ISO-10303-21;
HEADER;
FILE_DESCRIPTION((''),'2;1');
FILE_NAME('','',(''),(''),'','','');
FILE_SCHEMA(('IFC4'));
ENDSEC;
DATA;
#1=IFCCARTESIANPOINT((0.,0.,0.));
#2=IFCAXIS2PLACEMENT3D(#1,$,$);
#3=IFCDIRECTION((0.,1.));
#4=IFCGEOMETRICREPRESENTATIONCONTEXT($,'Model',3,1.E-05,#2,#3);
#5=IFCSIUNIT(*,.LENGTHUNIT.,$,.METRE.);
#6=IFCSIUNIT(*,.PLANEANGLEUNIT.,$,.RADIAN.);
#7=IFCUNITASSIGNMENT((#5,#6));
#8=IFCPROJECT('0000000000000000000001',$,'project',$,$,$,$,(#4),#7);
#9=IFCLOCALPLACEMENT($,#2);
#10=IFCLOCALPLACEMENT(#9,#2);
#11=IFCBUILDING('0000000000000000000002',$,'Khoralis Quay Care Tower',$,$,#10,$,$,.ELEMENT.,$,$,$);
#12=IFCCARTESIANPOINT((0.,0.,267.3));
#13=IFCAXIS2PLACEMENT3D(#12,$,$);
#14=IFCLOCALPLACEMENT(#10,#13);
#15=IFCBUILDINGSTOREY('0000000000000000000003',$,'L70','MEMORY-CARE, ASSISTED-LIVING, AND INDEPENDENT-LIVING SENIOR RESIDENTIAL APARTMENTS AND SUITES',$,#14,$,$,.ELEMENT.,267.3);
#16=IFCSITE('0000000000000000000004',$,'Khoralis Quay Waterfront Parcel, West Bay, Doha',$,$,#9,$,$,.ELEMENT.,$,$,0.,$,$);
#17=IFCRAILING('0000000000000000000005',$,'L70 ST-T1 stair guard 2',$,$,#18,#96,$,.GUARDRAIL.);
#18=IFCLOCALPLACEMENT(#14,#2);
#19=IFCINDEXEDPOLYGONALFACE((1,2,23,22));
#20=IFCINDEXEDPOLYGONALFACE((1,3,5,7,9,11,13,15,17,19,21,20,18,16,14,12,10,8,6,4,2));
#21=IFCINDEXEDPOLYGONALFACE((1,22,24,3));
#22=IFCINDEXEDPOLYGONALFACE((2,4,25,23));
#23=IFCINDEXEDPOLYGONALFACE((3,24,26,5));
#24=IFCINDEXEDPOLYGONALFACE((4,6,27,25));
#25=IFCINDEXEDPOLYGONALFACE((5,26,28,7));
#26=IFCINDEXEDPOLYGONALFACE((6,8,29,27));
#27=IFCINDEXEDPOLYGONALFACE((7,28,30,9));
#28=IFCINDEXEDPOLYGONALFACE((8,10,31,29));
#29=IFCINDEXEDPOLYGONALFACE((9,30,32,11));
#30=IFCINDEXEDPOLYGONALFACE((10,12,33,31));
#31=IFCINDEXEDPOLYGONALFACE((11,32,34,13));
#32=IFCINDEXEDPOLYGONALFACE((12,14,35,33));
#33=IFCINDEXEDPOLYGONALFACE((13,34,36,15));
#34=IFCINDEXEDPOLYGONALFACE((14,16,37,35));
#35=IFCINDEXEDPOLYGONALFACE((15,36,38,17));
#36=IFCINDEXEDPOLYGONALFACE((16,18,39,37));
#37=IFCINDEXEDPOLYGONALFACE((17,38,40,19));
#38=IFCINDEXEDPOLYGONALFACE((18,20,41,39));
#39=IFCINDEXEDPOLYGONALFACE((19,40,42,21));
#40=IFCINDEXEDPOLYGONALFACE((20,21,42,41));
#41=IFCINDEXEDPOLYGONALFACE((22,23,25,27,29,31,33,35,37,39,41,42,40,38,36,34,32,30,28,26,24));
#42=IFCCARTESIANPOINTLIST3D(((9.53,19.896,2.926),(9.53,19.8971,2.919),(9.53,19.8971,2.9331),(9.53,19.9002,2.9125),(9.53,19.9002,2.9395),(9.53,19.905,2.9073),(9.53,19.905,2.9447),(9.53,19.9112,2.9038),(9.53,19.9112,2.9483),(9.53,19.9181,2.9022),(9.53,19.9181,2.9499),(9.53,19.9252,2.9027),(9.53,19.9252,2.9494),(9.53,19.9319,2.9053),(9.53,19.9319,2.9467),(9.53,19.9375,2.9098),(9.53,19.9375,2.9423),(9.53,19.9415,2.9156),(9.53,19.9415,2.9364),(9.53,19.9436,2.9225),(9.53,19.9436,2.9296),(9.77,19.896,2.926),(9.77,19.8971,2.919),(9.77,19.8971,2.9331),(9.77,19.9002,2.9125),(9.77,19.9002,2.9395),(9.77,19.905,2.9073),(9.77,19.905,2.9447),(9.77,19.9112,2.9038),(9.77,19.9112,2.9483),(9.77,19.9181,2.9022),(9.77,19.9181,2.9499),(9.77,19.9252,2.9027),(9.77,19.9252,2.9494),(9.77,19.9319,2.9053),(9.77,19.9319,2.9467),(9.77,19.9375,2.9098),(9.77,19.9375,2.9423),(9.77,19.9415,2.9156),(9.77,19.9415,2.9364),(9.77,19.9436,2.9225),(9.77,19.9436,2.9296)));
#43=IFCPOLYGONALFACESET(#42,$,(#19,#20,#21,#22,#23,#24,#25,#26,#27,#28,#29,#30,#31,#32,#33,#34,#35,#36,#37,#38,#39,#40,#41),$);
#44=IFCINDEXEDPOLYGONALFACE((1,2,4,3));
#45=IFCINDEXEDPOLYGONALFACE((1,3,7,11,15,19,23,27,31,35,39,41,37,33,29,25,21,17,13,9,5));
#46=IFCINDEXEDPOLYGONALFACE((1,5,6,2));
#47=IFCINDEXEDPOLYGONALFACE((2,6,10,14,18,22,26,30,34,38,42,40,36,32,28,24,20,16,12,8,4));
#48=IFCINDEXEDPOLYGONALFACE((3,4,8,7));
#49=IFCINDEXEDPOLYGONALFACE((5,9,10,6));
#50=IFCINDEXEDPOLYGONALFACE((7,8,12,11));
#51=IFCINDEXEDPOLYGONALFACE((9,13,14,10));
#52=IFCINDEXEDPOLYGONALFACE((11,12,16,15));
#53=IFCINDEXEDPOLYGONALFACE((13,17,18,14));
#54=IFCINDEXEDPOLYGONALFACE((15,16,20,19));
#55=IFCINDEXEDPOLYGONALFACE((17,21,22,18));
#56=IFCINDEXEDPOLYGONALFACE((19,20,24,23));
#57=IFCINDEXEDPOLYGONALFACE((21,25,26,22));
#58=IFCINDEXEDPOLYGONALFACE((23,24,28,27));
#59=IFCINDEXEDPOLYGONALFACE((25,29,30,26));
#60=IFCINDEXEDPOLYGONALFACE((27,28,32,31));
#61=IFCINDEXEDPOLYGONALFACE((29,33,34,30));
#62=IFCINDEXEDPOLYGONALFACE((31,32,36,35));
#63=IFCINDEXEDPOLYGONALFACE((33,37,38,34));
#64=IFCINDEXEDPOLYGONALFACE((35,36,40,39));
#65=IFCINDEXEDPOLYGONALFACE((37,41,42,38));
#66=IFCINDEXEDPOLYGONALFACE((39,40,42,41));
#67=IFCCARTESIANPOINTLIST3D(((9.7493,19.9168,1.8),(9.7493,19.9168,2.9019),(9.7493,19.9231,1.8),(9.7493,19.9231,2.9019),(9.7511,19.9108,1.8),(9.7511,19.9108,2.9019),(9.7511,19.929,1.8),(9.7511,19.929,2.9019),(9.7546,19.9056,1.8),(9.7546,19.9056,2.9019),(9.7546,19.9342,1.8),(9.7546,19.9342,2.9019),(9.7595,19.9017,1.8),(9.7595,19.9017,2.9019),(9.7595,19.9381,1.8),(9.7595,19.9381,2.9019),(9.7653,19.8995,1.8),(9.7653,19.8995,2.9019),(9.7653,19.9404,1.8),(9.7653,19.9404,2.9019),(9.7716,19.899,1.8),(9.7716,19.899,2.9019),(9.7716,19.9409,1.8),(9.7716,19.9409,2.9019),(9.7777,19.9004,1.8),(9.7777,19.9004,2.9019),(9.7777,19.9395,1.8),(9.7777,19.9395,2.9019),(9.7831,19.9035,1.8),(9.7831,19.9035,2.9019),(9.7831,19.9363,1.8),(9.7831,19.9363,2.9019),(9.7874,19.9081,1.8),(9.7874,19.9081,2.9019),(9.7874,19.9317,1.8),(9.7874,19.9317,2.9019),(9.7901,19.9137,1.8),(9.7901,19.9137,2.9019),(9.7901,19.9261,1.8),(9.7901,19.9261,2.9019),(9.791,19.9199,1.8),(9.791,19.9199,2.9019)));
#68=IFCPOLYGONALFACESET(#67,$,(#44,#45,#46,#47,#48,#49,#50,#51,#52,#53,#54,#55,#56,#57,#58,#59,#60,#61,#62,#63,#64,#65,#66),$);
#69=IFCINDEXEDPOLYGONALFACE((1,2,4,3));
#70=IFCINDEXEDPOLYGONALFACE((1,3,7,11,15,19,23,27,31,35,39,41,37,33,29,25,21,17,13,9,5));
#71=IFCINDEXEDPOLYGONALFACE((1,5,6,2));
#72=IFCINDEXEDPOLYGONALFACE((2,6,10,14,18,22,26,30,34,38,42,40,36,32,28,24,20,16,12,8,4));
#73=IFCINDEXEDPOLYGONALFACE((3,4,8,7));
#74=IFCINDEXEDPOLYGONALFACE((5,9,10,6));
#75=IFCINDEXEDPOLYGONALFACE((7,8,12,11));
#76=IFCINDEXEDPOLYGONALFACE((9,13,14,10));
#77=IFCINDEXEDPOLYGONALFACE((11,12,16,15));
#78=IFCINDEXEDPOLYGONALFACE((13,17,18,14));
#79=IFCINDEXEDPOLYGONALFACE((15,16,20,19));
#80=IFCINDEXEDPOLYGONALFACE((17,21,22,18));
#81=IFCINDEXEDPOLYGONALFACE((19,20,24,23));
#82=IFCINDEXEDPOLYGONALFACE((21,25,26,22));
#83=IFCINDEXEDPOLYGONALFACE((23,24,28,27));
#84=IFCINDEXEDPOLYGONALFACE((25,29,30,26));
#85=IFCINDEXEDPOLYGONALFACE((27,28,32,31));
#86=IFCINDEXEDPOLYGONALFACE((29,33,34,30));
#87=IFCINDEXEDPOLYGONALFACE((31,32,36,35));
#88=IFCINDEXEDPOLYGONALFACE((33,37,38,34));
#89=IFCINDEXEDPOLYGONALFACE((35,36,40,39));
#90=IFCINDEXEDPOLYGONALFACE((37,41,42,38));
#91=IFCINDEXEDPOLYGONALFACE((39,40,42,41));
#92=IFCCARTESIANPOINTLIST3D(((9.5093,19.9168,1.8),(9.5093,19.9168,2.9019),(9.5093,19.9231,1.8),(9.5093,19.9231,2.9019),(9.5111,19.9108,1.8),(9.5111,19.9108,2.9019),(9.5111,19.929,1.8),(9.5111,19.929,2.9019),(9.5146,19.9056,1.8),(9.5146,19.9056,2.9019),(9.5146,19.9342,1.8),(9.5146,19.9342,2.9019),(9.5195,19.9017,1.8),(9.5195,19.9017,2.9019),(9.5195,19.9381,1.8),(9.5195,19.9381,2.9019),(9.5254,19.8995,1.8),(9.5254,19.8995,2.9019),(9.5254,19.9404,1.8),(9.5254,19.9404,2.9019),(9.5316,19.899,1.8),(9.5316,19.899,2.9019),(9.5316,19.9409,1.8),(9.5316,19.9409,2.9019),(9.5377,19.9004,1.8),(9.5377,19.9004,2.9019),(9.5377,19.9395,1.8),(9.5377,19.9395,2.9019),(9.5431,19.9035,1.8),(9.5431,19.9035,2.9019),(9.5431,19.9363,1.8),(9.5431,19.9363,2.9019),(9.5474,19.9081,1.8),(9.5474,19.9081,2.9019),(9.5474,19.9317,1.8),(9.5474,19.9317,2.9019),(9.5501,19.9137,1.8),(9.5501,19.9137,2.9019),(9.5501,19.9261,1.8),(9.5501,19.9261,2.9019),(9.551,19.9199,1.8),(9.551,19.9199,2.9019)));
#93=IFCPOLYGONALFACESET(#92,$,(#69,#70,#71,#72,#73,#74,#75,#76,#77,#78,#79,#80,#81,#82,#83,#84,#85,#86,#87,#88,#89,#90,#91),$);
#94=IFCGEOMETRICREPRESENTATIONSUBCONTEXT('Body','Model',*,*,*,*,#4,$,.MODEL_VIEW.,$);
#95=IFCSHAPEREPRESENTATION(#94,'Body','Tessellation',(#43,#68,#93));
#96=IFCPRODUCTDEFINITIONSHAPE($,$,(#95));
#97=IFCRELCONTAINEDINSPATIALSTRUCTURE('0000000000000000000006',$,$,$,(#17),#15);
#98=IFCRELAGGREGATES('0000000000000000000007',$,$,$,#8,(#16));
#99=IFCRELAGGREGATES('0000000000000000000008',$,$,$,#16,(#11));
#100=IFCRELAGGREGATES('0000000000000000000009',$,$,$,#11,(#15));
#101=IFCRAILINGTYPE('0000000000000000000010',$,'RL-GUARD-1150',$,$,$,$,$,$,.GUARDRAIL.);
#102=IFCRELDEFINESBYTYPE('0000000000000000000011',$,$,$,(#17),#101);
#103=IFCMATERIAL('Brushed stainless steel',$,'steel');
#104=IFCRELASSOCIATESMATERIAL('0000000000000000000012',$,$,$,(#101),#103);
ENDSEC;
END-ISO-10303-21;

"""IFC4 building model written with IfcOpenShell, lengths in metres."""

from ifc_helpers import new_model, si_unit, direction, frame, origin, origin_2d, place, context, subcontext, project, spatial, circle, extrude, material, type_object, element, save


model = new_model("IFC4")

# Units and contexts
model_context = context("Model", 3, precision=1e-05, world=origin(), true_north=direction((0.0, 1.0)))
body_context = subcontext(model_context, "Body", "Model", "MODEL_VIEW")
ifc_project = project(units=[si_unit("LENGTHUNIT", "METRE"), si_unit("PLANEANGLEUNIT", "RADIAN")], contexts=[model_context])

# Site, building, storey
site_placement = place(None, origin())
site = spatial("IfcSite", under=ifc_project, at=site_placement, Name="Khoralis Quay Waterfront Parcel, West Bay, Doha", CompositionType="ELEMENT", RefElevation=0.0)
building_placement = place(site_placement, origin())
building = spatial("IfcBuilding", under=site, at=building_placement, Name="Khoralis Quay Care Tower", CompositionType="ELEMENT")
storey_placement = place(building_placement, frame((0.0, 0.0, 267.3)))
storey = spatial("IfcBuildingStorey", under=building, at=storey_placement, Name="L70", Description="MEMORY-CARE, ASSISTED-LIVING, AND INDEPENDENT-LIVING SENIOR RESIDENTIAL APARTMENTS AND SUITES", CompositionType="ELEMENT", Elevation=267.3)

# Railing
ifc_material_1 = material(Name="Brushed stainless steel", Category="steel")
railing_type_1 = type_object("IfcRailingType", Name="RL-GUARD-1150", PredefinedType="GUARDRAIL", material=ifc_material_1)
railing_1_placement = place(storey_placement, frame((9.77, 19.9199, 1.8)))
element("IfcRailing", 1, at=railing_1_placement, inside=storey, type_object=railing_type_1, Name="L70 ST-T1 stair guard 2", PredefinedType="GUARDRAIL", context=body_context, shape_type="SweptSolid", body=[
    extrude(circle(Radius=0.0239, at=origin_2d()), frame((0.0, 0.0, 1.126), z_axis=(-1.0, 0.0, 0.0), x_axis=(0.0, -1.0, 0.0)), (0.0, 0.0, 1.0), 0.24),
    extrude(circle(Radius=0.021, at=origin_2d()), origin(), (0.0, 0.0, 1.0), 1.1018),
    extrude(circle(Radius=0.021, at=origin_2d()), frame((-0.24, 0.0, 0.0)), (0.0, 0.0, 1.0), 1.1018),
])

save(model, "model.ifc")
